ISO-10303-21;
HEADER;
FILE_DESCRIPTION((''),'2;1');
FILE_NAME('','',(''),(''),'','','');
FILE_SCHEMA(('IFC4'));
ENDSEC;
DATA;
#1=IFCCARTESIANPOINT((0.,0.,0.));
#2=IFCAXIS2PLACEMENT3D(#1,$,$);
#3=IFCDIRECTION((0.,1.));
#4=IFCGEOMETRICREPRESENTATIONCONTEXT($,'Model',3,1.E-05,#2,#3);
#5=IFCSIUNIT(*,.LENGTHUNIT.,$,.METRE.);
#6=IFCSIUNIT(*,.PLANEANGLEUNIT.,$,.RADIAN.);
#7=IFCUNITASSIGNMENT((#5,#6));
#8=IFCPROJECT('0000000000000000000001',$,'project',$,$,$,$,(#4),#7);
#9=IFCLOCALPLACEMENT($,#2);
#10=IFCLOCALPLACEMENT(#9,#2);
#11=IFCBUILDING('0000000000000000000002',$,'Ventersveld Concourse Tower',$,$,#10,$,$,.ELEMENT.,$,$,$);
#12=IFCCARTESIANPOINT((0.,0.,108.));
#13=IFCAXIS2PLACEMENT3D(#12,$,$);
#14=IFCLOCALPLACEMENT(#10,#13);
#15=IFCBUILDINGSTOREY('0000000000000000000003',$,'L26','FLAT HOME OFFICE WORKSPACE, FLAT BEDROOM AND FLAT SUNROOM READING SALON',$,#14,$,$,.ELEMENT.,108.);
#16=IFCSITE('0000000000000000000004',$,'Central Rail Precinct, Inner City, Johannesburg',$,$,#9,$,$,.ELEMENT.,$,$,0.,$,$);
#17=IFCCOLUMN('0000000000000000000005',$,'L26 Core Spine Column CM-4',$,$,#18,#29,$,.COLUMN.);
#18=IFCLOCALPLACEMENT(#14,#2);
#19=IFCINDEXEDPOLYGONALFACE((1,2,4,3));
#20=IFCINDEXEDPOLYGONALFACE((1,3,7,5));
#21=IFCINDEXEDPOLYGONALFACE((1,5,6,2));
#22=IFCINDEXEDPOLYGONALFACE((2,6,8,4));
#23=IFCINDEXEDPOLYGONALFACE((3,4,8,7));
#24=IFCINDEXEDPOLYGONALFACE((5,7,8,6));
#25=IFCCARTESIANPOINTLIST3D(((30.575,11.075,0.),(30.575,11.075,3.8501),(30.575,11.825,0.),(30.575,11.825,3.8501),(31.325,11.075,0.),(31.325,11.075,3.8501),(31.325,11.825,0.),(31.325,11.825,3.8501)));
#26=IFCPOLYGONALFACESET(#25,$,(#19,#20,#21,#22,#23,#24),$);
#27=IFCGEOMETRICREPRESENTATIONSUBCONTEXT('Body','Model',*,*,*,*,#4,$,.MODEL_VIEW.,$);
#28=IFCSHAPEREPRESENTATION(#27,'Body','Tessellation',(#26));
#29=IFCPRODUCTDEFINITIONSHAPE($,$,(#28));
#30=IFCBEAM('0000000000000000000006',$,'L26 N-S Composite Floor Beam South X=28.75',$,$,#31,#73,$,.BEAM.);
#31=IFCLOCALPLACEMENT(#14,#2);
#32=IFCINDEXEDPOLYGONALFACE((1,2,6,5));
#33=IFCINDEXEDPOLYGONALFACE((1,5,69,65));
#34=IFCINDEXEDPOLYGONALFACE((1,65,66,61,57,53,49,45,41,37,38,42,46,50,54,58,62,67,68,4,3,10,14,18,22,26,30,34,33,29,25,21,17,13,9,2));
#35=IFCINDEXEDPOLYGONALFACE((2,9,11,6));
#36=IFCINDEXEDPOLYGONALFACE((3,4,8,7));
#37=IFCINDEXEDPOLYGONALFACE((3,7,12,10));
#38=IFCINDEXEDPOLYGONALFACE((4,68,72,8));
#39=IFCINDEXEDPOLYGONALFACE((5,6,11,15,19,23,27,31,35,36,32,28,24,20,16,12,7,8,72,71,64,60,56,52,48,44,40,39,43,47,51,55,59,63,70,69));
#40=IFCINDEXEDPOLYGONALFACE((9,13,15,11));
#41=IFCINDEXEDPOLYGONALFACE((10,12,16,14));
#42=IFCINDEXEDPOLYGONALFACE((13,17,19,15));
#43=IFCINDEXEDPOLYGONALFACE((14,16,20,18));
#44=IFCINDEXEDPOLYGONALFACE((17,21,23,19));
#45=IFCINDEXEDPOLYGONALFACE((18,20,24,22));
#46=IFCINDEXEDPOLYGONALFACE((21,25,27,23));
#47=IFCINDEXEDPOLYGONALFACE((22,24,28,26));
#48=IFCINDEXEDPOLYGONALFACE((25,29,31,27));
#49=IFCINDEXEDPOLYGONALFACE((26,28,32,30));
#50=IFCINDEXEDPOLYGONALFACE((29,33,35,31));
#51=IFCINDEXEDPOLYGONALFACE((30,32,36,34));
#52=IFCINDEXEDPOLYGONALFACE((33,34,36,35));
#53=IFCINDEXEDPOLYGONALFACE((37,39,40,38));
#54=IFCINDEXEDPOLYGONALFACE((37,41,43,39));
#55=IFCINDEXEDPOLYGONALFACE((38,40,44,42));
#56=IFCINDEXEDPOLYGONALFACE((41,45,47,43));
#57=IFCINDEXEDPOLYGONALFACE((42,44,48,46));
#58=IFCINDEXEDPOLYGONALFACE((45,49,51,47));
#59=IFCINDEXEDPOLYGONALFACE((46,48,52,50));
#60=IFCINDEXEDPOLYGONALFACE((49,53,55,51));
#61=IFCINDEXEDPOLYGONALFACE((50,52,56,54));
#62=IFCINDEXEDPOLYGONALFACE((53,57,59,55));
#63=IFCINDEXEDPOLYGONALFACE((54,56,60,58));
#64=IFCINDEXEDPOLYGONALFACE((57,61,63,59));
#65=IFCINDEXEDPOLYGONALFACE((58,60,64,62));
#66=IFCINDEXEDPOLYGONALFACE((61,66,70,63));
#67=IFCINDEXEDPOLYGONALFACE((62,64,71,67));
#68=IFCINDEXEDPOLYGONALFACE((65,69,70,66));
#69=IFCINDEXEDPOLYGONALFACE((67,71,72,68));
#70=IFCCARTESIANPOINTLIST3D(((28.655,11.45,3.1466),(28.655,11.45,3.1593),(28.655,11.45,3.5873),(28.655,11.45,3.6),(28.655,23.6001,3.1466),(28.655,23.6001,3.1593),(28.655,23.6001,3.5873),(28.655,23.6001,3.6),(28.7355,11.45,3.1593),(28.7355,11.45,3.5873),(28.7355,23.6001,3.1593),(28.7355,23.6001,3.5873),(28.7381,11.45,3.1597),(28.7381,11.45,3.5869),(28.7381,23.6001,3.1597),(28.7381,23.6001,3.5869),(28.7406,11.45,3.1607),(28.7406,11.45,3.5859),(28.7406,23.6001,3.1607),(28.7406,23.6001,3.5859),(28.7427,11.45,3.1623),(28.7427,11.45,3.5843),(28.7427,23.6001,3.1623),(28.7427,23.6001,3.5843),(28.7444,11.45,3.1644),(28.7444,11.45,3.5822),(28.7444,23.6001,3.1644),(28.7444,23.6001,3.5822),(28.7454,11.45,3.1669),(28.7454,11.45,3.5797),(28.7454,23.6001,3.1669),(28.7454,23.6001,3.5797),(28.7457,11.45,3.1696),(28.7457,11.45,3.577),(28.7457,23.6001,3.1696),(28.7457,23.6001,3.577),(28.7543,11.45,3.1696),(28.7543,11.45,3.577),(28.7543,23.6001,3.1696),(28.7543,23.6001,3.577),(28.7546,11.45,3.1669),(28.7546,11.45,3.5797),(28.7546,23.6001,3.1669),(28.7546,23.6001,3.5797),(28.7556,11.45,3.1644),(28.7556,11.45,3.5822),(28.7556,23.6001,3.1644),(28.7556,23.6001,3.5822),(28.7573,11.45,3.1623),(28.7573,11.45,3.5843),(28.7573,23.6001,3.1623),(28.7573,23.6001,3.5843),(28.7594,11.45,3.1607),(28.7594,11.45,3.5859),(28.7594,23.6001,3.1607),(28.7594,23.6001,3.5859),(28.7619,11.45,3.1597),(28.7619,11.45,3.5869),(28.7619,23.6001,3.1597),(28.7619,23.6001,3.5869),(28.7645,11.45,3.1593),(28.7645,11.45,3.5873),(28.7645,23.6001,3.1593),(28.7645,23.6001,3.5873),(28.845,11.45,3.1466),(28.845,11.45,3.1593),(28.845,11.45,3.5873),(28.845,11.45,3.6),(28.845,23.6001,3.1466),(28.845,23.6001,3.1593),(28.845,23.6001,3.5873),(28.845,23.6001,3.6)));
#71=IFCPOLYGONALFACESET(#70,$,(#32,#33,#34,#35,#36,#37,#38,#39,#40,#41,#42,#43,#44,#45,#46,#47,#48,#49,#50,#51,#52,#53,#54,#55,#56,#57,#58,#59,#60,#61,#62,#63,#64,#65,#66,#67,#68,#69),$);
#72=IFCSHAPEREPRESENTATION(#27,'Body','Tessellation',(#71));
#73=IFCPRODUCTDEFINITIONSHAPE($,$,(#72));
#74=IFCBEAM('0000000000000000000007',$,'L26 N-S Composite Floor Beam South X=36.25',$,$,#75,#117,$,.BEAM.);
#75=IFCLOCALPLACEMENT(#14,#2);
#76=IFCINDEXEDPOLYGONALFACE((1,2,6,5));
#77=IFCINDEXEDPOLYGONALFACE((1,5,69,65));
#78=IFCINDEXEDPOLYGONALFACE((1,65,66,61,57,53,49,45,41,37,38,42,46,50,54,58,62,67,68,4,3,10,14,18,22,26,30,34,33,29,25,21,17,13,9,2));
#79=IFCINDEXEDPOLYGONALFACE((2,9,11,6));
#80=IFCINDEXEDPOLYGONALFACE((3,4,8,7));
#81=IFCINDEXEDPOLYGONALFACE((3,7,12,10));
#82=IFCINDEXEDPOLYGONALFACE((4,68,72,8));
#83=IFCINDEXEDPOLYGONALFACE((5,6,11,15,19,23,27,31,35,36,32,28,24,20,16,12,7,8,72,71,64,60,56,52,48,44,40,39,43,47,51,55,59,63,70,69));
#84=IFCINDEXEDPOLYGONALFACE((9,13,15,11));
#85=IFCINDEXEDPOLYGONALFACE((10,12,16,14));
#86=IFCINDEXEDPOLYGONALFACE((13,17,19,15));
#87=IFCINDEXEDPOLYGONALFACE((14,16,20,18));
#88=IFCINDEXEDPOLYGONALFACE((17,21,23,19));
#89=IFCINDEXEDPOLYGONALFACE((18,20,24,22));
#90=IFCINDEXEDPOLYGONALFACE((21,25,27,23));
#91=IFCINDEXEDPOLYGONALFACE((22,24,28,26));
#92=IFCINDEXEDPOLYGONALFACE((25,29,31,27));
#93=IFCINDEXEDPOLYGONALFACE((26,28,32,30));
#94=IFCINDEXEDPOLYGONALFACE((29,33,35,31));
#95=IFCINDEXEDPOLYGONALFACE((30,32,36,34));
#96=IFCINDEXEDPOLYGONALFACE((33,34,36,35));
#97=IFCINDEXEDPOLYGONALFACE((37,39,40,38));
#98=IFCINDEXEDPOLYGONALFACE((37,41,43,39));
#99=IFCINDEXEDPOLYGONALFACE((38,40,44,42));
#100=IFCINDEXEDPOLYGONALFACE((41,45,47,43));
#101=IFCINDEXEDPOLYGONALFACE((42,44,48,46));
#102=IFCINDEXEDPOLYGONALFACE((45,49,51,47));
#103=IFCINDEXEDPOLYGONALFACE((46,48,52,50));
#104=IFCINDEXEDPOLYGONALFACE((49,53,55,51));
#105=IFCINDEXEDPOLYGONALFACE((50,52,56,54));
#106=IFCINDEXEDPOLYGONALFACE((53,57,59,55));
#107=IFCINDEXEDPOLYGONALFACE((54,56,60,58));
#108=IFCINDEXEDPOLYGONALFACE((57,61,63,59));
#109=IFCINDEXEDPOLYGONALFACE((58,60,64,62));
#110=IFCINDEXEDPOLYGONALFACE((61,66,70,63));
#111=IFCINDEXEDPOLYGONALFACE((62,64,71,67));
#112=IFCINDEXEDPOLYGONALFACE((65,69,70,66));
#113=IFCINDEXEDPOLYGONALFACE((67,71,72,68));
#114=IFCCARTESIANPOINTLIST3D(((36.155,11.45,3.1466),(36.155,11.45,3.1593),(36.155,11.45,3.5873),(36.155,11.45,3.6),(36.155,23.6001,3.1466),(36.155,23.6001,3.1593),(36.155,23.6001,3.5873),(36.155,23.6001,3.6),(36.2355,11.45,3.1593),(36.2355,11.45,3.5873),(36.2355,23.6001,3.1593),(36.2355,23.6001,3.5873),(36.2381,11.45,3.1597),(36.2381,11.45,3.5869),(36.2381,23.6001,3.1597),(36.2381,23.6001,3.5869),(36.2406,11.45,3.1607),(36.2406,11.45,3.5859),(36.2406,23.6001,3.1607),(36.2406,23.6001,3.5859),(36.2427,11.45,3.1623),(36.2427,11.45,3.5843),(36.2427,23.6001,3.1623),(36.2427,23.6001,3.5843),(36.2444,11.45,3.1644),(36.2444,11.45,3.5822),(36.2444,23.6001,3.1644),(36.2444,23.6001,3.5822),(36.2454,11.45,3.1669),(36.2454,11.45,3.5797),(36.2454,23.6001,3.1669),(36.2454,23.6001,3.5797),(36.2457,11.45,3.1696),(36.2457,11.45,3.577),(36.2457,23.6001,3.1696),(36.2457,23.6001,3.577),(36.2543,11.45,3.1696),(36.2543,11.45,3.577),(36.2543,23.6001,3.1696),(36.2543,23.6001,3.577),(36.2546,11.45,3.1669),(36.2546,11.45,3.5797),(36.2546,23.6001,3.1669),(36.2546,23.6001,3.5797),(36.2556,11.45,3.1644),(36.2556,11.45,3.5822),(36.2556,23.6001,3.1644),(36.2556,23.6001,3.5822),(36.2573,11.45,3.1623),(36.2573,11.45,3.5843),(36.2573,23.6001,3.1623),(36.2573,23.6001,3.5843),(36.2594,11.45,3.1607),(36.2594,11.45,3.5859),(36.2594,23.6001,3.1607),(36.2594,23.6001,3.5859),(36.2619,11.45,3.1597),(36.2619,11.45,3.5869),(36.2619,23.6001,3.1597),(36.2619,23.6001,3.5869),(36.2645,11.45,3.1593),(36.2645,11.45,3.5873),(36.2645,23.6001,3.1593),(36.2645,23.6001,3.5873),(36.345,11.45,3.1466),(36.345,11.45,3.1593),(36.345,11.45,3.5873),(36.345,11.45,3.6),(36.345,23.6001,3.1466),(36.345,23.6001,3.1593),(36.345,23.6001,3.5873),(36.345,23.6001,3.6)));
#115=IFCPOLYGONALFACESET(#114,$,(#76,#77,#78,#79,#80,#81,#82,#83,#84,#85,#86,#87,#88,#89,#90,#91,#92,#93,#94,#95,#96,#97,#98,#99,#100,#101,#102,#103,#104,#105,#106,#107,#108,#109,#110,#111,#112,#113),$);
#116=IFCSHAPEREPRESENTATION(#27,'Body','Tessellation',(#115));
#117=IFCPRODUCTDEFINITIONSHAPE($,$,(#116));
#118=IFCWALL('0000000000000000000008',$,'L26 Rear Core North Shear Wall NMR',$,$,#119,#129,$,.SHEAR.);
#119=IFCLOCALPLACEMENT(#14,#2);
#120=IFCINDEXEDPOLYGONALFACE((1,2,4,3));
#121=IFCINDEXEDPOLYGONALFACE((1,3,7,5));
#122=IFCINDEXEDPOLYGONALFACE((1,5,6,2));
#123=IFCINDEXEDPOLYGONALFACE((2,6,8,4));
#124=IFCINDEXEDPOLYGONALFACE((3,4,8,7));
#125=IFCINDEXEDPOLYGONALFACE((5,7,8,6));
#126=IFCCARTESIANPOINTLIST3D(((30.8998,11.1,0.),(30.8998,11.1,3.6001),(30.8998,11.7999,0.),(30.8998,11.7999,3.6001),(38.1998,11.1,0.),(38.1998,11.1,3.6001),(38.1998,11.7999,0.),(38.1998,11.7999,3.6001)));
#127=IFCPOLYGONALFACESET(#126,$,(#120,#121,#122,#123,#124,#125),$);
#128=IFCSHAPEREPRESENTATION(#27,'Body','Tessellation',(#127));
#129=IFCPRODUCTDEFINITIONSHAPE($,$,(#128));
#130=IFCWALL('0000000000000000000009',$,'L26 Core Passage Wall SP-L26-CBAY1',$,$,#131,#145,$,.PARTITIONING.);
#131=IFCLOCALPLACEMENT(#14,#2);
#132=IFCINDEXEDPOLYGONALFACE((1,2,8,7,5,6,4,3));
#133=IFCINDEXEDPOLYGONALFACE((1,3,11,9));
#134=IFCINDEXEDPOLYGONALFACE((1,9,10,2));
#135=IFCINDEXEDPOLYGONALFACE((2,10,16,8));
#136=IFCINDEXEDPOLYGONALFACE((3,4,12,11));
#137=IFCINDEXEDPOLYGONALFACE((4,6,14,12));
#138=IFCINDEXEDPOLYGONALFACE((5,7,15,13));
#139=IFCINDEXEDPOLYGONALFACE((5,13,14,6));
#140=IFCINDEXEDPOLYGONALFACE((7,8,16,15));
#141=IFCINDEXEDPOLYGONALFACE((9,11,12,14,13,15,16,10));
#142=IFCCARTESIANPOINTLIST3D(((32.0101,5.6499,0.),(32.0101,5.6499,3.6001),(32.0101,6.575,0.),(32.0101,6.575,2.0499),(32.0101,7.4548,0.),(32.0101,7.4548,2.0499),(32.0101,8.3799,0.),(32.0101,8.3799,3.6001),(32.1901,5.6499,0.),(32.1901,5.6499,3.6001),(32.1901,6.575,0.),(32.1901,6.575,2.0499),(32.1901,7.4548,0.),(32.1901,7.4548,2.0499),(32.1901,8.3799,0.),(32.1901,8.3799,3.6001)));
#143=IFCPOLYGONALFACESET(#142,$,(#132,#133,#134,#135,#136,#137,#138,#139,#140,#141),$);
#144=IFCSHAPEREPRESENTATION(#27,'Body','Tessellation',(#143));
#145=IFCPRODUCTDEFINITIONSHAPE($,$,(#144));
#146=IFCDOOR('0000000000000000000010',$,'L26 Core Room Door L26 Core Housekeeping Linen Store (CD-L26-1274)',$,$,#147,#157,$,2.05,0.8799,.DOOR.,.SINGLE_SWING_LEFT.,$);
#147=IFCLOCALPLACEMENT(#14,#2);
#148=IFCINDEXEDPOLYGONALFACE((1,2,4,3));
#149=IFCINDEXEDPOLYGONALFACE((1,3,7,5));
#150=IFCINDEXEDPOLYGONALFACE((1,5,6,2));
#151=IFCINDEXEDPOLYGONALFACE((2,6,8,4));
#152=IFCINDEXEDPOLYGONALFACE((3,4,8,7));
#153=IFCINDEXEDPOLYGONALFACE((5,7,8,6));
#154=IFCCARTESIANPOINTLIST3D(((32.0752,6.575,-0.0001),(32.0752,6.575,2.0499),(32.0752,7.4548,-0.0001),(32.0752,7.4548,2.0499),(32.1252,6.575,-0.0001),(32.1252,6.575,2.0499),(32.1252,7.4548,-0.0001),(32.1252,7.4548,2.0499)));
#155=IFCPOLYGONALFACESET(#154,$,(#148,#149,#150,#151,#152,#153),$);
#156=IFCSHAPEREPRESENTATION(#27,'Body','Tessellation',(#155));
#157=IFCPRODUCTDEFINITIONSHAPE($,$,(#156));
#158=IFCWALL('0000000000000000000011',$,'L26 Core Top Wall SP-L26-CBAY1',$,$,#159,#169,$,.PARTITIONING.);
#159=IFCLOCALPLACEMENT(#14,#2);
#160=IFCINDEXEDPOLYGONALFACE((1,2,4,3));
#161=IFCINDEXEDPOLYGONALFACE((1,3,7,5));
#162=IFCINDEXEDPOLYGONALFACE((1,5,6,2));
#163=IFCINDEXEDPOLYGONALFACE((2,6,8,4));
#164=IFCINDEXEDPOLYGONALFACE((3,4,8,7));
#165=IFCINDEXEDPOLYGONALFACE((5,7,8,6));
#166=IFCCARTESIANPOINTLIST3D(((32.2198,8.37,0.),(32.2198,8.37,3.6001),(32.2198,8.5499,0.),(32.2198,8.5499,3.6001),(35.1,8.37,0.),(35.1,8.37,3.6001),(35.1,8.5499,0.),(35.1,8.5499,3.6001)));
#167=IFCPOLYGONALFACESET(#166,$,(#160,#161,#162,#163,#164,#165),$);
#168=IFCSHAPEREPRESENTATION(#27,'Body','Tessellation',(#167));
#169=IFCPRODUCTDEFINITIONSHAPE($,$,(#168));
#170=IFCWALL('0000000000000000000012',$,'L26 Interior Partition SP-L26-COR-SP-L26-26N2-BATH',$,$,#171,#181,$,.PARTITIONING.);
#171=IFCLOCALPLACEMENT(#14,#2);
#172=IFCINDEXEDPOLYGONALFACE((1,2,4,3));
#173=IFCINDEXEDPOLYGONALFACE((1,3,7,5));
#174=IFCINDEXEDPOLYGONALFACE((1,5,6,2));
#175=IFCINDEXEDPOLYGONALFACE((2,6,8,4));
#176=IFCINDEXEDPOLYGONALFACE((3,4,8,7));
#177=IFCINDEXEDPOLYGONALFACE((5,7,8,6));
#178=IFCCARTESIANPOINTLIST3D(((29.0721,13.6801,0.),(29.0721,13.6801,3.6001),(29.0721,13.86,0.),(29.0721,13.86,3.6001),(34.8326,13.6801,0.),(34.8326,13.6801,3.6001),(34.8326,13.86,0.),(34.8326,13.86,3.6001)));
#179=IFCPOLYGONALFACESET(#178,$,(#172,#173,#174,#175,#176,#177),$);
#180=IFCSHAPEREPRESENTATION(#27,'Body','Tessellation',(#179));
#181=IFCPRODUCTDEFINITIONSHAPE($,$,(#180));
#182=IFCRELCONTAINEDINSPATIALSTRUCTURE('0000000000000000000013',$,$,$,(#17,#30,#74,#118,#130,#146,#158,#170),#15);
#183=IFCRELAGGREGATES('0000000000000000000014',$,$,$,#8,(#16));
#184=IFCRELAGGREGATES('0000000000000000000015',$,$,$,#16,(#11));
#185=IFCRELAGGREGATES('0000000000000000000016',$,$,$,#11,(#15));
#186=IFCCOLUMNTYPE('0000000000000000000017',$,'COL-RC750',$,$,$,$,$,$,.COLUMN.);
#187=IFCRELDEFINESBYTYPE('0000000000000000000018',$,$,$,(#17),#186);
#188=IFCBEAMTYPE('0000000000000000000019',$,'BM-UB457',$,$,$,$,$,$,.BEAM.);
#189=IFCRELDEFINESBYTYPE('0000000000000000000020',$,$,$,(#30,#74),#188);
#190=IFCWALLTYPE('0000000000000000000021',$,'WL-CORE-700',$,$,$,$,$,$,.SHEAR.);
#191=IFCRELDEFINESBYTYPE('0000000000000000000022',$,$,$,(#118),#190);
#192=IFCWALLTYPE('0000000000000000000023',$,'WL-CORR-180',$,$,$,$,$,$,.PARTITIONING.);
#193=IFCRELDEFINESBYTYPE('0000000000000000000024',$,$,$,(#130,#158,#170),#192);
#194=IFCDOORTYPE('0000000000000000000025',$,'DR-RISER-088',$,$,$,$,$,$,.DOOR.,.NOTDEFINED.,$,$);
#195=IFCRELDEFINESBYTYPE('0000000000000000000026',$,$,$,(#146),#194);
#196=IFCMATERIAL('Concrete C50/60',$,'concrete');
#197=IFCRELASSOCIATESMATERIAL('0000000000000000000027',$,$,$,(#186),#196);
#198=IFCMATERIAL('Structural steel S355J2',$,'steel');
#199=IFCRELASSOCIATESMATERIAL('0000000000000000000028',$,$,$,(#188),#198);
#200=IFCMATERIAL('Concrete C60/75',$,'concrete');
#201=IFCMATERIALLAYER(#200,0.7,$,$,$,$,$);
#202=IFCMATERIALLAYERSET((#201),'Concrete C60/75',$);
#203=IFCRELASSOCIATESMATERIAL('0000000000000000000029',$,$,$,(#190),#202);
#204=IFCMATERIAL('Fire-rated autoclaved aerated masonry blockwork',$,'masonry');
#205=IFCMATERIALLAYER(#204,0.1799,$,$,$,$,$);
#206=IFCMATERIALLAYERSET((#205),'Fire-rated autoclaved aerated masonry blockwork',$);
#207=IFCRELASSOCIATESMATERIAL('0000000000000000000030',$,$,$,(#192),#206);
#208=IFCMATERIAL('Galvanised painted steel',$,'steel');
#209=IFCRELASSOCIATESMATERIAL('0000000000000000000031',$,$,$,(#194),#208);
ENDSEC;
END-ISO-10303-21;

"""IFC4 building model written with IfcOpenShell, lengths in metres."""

from ifc_helpers import new_model, si_unit, direction, frame, frame_2d, origin, origin_2d, place, context, subcontext, project, spatial, rectangle, i_section, extrude, material, layer, layer_set, material_profile, profile_set, type_object, element, fill, save


model = new_model("IFC4")

# Units and contexts
model_context = context("Model", 3, precision=1e-05, world=origin(), true_north=direction((0.0, 1.0)))
body_context = subcontext(model_context, "Body", "Model", "MODEL_VIEW")
ifc_project = project(units=[si_unit("LENGTHUNIT", "METRE"), si_unit("PLANEANGLEUNIT", "RADIAN")], contexts=[model_context])

# Site, building, storey
site_placement = place(None, origin())
site = spatial("IfcSite", under=ifc_project, at=site_placement, Name="Central Rail Precinct, Inner City, Johannesburg", CompositionType="ELEMENT", RefElevation=0.0)
building_placement = place(site_placement, origin())
building = spatial("IfcBuilding", under=site, at=building_placement, Name="Ventersveld Concourse Tower", CompositionType="ELEMENT")
storey_placement = place(building_placement, frame((0.0, 0.0, 108.0)))
storey = spatial("IfcBuildingStorey", under=building, at=storey_placement, Name="L26", Description="FLAT HOME OFFICE WORKSPACE, FLAT BEDROOM AND FLAT SUNROOM READING SALON", CompositionType="ELEMENT", Elevation=108.0)

# Column
ifc_material_1 = material(Name="Concrete C50/60", Category="concrete")
ifc_material_profile_1 = material_profile(ifc_material_1, rectangle(XDim=0.75, YDim=0.75, at=origin_2d()), Name="RC 750x750")
ifc_profile_set_1 = profile_set([ifc_material_profile_1], Name="Concrete C50/60")
column_type = type_object("IfcColumnType", Name="COL-RC750", PredefinedType="COLUMN", material=ifc_profile_set_1)
column_placement = place(storey_placement, frame((30.95, 11.45, 0.0), z_axis=(0.0, 0.0, 1.0), x_axis=(1.0, 0.0, 0.0)))
element("IfcColumn", 1, at=column_placement, inside=storey, type_object=column_type, Name="L26 Core Spine Column CM-4", PredefinedType="COLUMN", context=body_context, shape_type="SweptSolid", body=[
    extrude(rectangle(XDim=0.75, YDim=0.75, at=origin_2d()), origin(), (0.0, 0.0, 1.0), 3.8501),
])

# Beams
ifc_material_2 = material(Name="Structural steel S355J2", Category="steel")
ifc_material_profile_2 = material_profile(ifc_material_2, i_section(OverallWidth=0.1899, OverallDepth=0.4534, WebThickness=0.0085, FlangeThickness=0.0127, FilletRadius=0.0103, at=origin_2d()), Name="UB 457x191x67")
ifc_profile_set_2 = profile_set([ifc_material_profile_2], Name="Structural steel S355J2")
beam_type = type_object("IfcBeamType", Name="BM-UB457", PredefinedType="BEAM", material=ifc_profile_set_2)
for number, where, z_axis, x_axis, name in (
    (2, (28.75, 11.45, 3.3733), (0.0, 1.0, 0.0), (-1.0, 0.0, 0.0), "L26 N-S Composite Floor Beam South X=28.75"),
    (3, (36.25, 11.45, 3.3733), (0.0, 1.0, 0.0), (-1.0, 0.0, 0.0), "L26 N-S Composite Floor Beam South X=36.25"),
):
    element("IfcBeam", number, at=place(storey_placement, frame(where, z_axis=z_axis, x_axis=x_axis)), inside=storey, type_object=beam_type, Name=name, PredefinedType="BEAM", context=body_context, shape_type="SweptSolid", body=[
        extrude(i_section(OverallWidth=0.1899, OverallDepth=0.4534, WebThickness=0.0085, FlangeThickness=0.0127, FilletRadius=0.0103, at=origin_2d()), origin(), (0.0, 0.0, 1.0), 12.1501),
    ])

# Wall
ifc_material_3 = material(Name="Concrete C60/75", Category="concrete")
ifc_layer_1 = layer(ifc_material_3, 0.7)
ifc_layer_set_1 = layer_set([ifc_layer_1], Name="Concrete C60/75")
wall_type_1 = type_object("IfcWallType", Name="WL-CORE-700", PredefinedType="SHEAR", material=ifc_layer_set_1)
wall_1_placement = place(storey_placement, frame((30.8999, 11.45, 0.0), z_axis=(0.0, 0.0, 1.0), x_axis=(1.0, 0.0, 0.0)))
element("IfcWall", 4, at=wall_1_placement, inside=storey, type_object=wall_type_1, Name="L26 Rear Core North Shear Wall NMR", PredefinedType="SHEAR", context=body_context, shape_type="SweptSolid", body=[
    extrude(rectangle(XDim=7.3, YDim=0.7, at=frame_2d((3.6499, 0.0))), origin(), (0.0, 0.0, 1.0), 3.6001),
])

# Wall, opening, door
ifc_material_4 = material(Name="Fire-rated autoclaved aerated masonry blockwork", Category="masonry")
ifc_layer_2 = layer(ifc_material_4, 0.1799)
ifc_layer_set_2 = layer_set([ifc_layer_2], Name="Fire-rated autoclaved aerated masonry blockwork")
wall_type_2 = type_object("IfcWallType", Name="WL-CORR-180", PredefinedType="PARTITIONING", material=ifc_layer_set_2)
wall_2_placement = place(storey_placement, frame((32.1001, 5.6499, 0.0), z_axis=(0.0, 0.0, 1.0), x_axis=(0.0, 1.0, 0.0)))
wall_2 = element("IfcWall", 5, at=wall_2_placement, inside=storey, type_object=wall_type_2, Name="L26 Core Passage Wall SP-L26-CBAY1", PredefinedType="PARTITIONING", context=body_context, shape_type="SweptSolid", body=[
    extrude(rectangle(XDim=2.73, YDim=0.1799, at=frame_2d((1.365, 0.0))), origin(), (0.0, 0.0, 1.0), 3.6001),
])
opening_1_placement = place(wall_2_placement, frame((0.925, 0.0, 0.0)))
opening_1 = element("IfcOpeningElement", 6, at=opening_1_placement, cuts=wall_2, PredefinedType="OPENING", context=body_context, shape_type="SweptSolid", body=[
    extrude(rectangle(XDim=0.8799, YDim=2.05, at=frame_2d((0.4399, 1.0249))), frame((0.0, 0.1001, 0.0), z_axis=(0.0, -1.0, 0.0), x_axis=(1.0, 0.0, 0.0)), (0.0, 0.0, 1.0), 0.2),
])
ifc_material_5 = material(Name="Galvanised painted steel", Category="steel")
door_type_1 = type_object("IfcDoorType", Name="DR-RISER-088", OperationType="NOTDEFINED", PredefinedType="DOOR", material=ifc_material_5)
door_1_placement = place(opening_1_placement, origin())
door_1 = element("IfcDoor", 7, at=door_1_placement, inside=storey, type_object=door_type_1, Name="L26 Core Room Door L26 Core Housekeeping Linen Store (CD-L26-1274)", OperationType="SINGLE_SWING_LEFT", OverallHeight=2.05, OverallWidth=0.8799, PredefinedType="DOOR", context=body_context, shape_type="SweptSolid", body=[
    extrude(rectangle(XDim=0.8799, YDim=2.05, at=frame_2d((0.4399, 1.0249))), frame((0.0, 0.0249, 0.0), z_axis=(0.0, -1.0, 0.0), x_axis=(1.0, 0.0, 0.0)), (0.0, 0.0, 1.0), 0.05),
])
fill(opening_1, door_1)

# Wall
wall_3_placement = place(storey_placement, frame((32.22, 8.46, 0.0), z_axis=(0.0, 0.0, 1.0), x_axis=(1.0, 0.0, 0.0)))
element("IfcWall", 8, at=wall_3_placement, inside=storey, type_object=wall_type_2, Name="L26 Core Top Wall SP-L26-CBAY1", PredefinedType="PARTITIONING", context=body_context, shape_type="SweptSolid", body=[
    extrude(rectangle(XDim=2.8801, YDim=0.1799, at=frame_2d((1.4399, 0.0))), origin(), (0.0, 0.0, 1.0), 3.6001),
])

# Wall
wall_4_placement = place(storey_placement, frame((29.072, 13.77, 0.0), z_axis=(0.0, 0.0, 1.0), x_axis=(1.0, 0.0, 0.0)))
element("IfcWall", 9, at=wall_4_placement, inside=storey, type_object=wall_type_2, Name="L26 Interior Partition SP-L26-COR-SP-L26-26N2-BATH", PredefinedType="PARTITIONING", context=body_context, shape_type="SweptSolid", body=[
    extrude(rectangle(XDim=5.7605, YDim=0.1799, at=frame_2d((2.8804, 0.0))), origin(), (0.0, 0.0, 1.0), 3.6001),
])

save(model, "model.ifc")
